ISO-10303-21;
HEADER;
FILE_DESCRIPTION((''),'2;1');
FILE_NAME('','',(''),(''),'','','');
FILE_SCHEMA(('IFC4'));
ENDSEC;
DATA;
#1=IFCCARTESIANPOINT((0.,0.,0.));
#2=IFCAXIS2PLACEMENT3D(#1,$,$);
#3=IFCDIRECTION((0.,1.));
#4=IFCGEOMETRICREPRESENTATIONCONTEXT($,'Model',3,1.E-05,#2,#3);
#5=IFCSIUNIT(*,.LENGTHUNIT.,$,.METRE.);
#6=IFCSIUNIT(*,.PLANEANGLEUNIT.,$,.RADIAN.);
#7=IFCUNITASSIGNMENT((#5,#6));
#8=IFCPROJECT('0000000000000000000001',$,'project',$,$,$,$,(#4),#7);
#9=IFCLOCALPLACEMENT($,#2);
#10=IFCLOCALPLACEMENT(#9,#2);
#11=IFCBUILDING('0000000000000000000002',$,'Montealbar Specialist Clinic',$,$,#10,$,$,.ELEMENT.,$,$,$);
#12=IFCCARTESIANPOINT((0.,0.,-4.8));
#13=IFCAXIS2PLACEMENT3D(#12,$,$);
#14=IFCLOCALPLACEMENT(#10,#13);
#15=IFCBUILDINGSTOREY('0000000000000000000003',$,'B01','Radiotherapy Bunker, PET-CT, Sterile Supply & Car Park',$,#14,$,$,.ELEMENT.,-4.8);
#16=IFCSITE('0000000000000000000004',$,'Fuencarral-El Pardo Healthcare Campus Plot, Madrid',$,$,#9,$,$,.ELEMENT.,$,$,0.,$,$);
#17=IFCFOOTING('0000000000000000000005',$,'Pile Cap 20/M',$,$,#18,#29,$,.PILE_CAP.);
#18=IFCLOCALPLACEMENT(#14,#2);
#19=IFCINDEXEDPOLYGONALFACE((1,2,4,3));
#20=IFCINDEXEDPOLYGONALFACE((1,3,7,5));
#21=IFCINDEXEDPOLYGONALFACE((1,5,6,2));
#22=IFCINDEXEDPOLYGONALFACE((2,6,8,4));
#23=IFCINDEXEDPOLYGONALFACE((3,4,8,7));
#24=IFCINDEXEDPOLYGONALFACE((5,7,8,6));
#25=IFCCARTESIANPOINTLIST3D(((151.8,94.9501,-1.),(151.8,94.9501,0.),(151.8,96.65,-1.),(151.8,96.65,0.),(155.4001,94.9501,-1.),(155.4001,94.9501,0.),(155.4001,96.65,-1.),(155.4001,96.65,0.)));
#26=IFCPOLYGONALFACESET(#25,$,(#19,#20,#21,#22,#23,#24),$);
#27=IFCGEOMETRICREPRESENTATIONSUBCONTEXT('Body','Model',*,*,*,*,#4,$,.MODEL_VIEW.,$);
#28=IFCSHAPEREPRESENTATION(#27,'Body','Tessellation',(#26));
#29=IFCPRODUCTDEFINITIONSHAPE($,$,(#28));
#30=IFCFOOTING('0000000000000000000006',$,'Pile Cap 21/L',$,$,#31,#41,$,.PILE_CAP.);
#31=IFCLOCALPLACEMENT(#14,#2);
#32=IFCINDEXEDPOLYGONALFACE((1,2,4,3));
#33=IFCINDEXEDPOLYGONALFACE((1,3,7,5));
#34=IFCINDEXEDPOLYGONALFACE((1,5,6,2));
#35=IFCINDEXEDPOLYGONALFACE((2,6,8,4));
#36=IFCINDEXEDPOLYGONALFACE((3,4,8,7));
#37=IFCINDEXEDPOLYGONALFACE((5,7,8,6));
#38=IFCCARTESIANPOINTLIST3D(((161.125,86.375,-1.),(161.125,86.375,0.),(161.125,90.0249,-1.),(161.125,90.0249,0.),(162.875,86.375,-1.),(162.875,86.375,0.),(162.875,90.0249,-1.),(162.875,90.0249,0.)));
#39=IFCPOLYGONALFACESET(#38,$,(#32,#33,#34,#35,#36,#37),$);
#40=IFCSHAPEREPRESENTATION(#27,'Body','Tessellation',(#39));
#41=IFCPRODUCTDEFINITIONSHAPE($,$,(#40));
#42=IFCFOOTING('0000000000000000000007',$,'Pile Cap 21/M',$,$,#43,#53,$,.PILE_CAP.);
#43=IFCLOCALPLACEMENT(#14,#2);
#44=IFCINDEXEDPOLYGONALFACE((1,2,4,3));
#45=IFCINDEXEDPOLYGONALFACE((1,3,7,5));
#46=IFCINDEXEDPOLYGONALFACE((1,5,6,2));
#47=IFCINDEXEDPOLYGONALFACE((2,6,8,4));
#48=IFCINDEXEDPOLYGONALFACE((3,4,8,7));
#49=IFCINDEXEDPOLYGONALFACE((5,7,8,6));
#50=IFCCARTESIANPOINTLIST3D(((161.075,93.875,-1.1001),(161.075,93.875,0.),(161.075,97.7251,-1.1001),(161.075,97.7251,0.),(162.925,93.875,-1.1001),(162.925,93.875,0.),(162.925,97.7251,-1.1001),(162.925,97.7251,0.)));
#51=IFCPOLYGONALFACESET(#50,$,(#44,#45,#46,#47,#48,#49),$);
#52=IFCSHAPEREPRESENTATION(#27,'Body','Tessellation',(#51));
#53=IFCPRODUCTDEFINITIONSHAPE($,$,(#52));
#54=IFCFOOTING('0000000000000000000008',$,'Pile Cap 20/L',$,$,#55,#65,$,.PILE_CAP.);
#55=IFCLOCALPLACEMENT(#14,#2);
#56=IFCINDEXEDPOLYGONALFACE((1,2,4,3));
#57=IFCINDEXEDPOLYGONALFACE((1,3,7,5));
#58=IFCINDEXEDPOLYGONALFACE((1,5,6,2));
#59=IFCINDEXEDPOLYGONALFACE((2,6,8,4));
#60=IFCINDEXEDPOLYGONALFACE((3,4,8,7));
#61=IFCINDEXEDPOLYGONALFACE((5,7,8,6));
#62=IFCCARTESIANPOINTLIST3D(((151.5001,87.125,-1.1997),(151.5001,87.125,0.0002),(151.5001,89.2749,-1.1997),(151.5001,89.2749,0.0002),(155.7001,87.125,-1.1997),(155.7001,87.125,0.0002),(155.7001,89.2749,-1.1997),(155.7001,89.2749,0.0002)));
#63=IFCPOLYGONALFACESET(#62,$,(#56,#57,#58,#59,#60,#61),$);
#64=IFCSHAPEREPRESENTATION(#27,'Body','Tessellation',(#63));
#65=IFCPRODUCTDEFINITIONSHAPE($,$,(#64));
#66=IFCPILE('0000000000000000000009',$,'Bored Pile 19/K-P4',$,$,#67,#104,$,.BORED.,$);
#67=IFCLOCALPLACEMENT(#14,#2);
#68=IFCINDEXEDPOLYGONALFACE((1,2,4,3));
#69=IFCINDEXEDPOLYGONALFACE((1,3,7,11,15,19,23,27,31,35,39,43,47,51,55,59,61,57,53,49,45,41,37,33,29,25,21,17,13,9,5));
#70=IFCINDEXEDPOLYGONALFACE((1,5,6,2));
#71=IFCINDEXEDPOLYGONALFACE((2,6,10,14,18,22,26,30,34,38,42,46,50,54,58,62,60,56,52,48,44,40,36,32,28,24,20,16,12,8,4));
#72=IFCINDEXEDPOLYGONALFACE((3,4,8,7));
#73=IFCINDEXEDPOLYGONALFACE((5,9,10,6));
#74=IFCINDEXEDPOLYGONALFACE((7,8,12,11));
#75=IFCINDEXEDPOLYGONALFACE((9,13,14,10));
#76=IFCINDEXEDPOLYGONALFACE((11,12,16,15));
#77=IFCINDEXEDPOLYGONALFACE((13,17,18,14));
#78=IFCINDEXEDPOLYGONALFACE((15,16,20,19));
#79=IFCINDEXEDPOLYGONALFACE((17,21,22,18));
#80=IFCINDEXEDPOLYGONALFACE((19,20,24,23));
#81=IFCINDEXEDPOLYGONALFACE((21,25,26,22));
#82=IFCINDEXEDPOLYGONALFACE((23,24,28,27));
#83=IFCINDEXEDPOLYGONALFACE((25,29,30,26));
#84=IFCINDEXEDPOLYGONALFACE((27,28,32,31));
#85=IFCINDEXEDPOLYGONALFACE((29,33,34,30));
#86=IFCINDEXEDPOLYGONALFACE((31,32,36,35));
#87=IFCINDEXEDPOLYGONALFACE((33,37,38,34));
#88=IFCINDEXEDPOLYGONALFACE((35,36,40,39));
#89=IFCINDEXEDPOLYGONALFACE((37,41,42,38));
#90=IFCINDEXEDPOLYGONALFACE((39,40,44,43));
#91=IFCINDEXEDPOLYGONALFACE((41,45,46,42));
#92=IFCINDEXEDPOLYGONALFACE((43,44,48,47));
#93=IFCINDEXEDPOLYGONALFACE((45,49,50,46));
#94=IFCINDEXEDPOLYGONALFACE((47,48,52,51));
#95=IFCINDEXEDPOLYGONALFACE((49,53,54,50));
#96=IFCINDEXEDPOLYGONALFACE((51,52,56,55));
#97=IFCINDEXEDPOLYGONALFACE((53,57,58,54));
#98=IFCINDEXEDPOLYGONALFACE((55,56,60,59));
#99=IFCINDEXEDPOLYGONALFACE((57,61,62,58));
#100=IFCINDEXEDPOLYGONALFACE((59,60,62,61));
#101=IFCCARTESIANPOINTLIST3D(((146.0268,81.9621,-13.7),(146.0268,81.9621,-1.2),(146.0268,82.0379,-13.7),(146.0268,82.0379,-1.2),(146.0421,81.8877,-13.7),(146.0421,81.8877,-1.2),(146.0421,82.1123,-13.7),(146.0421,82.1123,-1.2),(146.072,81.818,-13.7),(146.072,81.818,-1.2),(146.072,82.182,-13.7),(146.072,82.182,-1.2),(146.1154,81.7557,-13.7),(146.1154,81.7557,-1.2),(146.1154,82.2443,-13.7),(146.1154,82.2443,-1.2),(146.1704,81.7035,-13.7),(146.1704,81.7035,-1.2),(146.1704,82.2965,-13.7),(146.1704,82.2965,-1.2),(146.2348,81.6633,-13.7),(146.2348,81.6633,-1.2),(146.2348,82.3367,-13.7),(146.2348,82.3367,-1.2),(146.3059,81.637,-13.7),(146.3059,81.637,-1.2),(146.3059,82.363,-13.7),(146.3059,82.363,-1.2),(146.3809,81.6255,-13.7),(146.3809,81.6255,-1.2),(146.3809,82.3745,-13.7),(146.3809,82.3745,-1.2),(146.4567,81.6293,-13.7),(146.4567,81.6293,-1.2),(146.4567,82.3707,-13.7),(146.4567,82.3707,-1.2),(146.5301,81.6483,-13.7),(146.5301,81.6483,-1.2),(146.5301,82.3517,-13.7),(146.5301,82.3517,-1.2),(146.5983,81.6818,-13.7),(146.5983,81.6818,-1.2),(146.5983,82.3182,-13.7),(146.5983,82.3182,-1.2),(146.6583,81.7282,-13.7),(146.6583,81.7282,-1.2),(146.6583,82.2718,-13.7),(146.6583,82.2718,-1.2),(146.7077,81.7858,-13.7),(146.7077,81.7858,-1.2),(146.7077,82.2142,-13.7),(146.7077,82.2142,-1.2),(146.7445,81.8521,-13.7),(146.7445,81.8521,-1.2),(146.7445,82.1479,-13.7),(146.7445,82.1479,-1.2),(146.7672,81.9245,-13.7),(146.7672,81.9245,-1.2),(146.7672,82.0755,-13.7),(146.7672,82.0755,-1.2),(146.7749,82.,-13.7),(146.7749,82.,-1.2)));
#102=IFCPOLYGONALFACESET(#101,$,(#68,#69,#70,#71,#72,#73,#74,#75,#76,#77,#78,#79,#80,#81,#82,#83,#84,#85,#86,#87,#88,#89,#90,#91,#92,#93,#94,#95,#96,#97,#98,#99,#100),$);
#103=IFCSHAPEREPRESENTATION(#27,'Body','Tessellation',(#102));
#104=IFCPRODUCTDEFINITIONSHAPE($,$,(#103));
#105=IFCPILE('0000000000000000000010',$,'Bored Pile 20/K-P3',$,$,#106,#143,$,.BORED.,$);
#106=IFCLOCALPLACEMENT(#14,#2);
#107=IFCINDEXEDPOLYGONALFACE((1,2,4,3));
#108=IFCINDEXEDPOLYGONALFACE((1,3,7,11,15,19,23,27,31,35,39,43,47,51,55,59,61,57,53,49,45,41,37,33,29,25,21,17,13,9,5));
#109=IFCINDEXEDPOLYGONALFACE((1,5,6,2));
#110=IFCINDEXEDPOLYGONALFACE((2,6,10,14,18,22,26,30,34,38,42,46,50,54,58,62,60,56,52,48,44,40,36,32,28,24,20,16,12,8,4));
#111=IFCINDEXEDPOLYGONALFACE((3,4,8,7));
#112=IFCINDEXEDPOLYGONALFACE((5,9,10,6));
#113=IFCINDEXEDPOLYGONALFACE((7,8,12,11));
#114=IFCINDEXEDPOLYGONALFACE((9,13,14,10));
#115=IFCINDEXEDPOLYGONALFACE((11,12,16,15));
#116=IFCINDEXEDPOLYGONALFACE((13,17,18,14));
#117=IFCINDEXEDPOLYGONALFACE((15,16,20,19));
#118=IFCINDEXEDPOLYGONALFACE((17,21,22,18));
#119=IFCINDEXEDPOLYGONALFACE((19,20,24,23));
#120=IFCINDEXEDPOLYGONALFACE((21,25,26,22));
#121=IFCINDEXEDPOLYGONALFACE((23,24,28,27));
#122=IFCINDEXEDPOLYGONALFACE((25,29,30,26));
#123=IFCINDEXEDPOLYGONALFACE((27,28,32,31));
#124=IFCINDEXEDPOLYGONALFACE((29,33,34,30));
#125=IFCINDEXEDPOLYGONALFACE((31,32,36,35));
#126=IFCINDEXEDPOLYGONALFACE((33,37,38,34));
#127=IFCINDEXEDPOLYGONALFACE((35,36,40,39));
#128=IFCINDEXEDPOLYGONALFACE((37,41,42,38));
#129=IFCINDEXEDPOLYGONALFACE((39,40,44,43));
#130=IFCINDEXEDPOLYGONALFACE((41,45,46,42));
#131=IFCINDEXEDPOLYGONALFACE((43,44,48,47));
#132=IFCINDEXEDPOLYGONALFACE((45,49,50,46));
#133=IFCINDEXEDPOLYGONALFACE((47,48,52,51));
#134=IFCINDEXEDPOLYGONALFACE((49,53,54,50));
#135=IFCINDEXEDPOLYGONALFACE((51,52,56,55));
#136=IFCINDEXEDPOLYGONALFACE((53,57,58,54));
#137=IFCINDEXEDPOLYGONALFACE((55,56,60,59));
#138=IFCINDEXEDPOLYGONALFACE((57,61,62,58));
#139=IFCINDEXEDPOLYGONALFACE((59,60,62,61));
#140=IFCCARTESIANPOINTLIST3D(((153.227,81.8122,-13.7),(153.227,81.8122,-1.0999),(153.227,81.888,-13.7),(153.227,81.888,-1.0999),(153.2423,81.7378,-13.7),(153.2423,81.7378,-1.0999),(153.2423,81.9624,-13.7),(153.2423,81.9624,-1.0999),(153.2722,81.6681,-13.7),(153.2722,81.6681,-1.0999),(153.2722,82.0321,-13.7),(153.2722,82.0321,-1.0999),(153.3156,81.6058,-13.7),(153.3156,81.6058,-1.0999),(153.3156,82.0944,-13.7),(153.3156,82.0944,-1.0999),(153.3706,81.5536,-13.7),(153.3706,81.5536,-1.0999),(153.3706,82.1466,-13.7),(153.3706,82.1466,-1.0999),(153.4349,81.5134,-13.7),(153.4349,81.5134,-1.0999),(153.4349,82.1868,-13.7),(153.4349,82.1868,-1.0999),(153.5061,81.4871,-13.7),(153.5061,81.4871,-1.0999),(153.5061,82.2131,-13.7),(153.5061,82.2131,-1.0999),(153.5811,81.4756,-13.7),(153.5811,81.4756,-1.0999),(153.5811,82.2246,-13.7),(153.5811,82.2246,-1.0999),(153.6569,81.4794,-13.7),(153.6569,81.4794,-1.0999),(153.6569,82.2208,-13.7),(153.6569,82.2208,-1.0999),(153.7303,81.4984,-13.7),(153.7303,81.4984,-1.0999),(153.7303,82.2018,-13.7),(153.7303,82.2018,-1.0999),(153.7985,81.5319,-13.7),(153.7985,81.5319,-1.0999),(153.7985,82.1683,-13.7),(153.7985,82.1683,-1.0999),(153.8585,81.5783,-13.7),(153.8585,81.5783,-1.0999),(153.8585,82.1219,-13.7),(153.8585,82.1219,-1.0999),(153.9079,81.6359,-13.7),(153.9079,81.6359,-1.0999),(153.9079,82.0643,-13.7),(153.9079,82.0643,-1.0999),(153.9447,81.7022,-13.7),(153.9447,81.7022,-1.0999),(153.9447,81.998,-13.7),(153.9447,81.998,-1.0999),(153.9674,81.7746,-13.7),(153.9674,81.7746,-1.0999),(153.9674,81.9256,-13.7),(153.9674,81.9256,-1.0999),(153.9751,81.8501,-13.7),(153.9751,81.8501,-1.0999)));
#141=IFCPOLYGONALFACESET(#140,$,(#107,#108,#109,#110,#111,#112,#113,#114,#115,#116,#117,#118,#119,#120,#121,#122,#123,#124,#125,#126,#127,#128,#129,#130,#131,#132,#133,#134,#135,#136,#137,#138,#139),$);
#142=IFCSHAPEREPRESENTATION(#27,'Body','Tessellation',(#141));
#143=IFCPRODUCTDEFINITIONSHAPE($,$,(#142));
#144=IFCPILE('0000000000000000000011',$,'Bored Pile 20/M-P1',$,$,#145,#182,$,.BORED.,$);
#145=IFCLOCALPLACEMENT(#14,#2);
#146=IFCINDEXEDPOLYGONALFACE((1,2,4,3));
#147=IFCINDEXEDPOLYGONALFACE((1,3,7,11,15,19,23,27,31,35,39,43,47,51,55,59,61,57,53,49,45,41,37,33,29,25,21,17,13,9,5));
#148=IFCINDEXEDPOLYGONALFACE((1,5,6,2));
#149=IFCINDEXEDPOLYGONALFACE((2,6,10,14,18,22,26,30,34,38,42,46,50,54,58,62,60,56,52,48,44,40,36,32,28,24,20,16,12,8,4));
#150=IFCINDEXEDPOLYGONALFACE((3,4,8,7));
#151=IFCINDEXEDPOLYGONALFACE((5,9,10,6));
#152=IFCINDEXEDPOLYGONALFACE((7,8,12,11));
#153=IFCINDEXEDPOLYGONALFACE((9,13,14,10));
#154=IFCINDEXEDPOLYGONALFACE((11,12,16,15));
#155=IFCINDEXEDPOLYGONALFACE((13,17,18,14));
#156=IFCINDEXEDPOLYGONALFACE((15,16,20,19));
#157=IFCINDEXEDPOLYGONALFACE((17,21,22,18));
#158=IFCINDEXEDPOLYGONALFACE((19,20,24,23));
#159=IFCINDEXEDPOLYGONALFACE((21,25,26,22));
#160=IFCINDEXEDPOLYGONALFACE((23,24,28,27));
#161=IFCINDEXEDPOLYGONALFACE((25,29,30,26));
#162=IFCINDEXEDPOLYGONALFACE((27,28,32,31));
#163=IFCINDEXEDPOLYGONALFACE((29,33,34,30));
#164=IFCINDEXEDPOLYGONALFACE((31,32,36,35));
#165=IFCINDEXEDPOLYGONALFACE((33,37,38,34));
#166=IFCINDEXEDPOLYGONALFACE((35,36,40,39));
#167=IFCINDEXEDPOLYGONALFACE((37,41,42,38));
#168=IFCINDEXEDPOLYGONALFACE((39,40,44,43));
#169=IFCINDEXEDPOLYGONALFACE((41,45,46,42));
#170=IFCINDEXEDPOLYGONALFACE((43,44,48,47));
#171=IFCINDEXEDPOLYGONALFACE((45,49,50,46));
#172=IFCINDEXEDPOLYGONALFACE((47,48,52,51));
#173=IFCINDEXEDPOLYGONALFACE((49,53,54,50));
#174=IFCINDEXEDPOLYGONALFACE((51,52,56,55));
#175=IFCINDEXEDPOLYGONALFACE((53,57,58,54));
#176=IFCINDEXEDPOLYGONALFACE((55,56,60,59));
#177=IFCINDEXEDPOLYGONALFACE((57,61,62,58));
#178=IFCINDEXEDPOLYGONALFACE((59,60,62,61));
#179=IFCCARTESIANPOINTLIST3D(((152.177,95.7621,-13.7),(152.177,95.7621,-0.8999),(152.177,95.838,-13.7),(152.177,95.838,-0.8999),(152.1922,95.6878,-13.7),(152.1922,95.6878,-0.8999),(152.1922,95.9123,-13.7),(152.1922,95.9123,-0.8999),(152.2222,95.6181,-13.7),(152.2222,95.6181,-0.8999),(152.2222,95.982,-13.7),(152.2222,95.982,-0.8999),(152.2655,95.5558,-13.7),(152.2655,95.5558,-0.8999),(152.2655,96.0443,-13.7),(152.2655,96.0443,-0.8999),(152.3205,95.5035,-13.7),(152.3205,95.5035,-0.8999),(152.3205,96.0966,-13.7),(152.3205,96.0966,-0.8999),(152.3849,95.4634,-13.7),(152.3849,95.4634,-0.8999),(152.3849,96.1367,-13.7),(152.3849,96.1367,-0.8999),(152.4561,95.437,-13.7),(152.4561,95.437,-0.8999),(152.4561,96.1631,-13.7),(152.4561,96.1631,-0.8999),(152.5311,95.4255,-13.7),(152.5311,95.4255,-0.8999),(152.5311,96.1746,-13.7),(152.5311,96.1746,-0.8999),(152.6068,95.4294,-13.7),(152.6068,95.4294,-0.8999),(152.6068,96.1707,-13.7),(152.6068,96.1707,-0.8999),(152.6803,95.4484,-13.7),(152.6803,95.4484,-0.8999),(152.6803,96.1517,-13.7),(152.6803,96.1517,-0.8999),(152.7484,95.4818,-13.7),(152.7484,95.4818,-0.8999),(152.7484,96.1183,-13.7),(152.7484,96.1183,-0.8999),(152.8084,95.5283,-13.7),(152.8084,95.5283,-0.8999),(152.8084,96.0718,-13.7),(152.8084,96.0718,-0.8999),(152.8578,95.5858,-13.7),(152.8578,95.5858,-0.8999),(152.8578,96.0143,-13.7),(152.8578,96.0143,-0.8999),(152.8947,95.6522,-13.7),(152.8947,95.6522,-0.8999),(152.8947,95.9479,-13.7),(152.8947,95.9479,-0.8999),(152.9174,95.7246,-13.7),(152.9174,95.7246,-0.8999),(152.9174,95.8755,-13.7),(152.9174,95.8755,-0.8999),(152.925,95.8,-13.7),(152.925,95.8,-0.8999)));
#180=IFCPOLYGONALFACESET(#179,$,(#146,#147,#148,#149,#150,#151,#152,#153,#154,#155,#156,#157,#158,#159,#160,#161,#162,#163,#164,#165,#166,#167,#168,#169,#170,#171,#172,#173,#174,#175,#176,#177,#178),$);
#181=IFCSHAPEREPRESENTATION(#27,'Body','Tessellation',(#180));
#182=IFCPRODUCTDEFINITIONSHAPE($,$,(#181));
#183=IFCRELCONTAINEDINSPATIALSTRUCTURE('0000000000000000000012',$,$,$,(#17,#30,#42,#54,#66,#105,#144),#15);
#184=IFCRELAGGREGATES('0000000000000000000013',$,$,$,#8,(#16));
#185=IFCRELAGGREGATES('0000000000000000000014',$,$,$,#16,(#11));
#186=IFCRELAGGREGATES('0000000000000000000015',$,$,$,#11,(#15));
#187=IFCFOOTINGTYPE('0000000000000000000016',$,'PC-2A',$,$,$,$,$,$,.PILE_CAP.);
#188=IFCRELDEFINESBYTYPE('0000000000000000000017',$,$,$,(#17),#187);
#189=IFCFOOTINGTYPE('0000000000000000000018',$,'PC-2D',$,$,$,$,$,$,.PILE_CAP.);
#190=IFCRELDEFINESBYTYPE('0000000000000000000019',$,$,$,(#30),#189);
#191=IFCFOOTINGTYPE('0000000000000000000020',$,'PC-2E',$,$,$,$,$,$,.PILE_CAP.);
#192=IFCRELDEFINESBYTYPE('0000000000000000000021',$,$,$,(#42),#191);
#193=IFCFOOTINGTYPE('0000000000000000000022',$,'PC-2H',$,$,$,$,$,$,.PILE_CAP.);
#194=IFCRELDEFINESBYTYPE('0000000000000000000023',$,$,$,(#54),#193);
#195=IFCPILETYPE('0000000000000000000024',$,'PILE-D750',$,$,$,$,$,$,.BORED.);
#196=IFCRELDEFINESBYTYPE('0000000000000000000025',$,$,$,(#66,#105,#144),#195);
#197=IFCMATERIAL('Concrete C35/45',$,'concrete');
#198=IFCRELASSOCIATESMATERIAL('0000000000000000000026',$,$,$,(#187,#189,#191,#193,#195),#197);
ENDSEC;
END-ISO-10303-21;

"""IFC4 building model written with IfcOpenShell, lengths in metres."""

from ifc_helpers import new_model, si_unit, direction, frame, origin, origin_2d, place, context, subcontext, project, spatial, rectangle, circle, extrude, material, material_profile, profile_set, type_object, element, save


model = new_model("IFC4")

# Units and contexts
model_context = context("Model", 3, precision=1e-05, world=origin(), true_north=direction((0.0, 1.0)))
body_context = subcontext(model_context, "Body", "Model", "MODEL_VIEW")
ifc_project = project(units=[si_unit("LENGTHUNIT", "METRE"), si_unit("PLANEANGLEUNIT", "RADIAN")], contexts=[model_context])

# Site, building, storey
site_placement = place(None, origin())
site = spatial("IfcSite", under=ifc_project, at=site_placement, Name="Fuencarral-El Pardo Healthcare Campus Plot, Madrid", CompositionType="ELEMENT", RefElevation=0.0)
building_placement = place(site_placement, origin())
building = spatial("IfcBuilding", under=site, at=building_placement, Name="Montealbar Specialist Clinic", CompositionType="ELEMENT")
storey_placement = place(building_placement, frame((0.0, 0.0, -4.8)))
storey = spatial("IfcBuildingStorey", under=building, at=storey_placement, Name="B01", Description="Radiotherapy Bunker, PET-CT, Sterile Supply & Car Park", CompositionType="ELEMENT", Elevation=-4.8)

# Footings
ifc_material_1 = material(Name="Concrete C35/45", Category="concrete")
footing_type_1 = type_object("IfcFootingType", Name="PC-2A", PredefinedType="PILE_CAP", material=ifc_material_1)
footing_1_placement = place(storey_placement, frame((153.6001, 95.8, -1.0), z_axis=(0.0, 0.0, 1.0), x_axis=(1.0, 0.0, 0.0)))
element("IfcFooting", 1, at=footing_1_placement, inside=storey, type_object=footing_type_1, Name="Pile Cap 20/M", PredefinedType="PILE_CAP", context=body_context, shape_type="SweptSolid", body=[
    extrude(rectangle(XDim=3.6001, YDim=1.7, at=origin_2d()), origin(), (0.0, 0.0, 1.0), 1.0),
])
footing_type_2 = type_object("IfcFootingType", Name="PC-2D", PredefinedType="PILE_CAP", material=ifc_material_1)
footing_2_placement = place(storey_placement, frame((162.0, 88.2, -1.0), z_axis=(0.0, 0.0, 1.0), x_axis=(1.0, 0.0, 0.0)))
element("IfcFooting", 2, at=footing_2_placement, inside=storey, type_object=footing_type_2, Name="Pile Cap 21/L", PredefinedType="PILE_CAP", context=body_context, shape_type="SweptSolid", body=[
    extrude(rectangle(XDim=1.75, YDim=3.6499, at=origin_2d()), origin(), (0.0, 0.0, 1.0), 1.0),
])
footing_type_3 = type_object("IfcFootingType", Name="PC-2E", PredefinedType="PILE_CAP", material=ifc_material_1)
footing_3_placement = place(storey_placement, frame((162.0, 95.8, -1.1001), z_axis=(0.0, 0.0, 1.0), x_axis=(1.0, 0.0, 0.0)))
element("IfcFooting", 3, at=footing_3_placement, inside=storey, type_object=footing_type_3, Name="Pile Cap 21/M", PredefinedType="PILE_CAP", context=body_context, shape_type="SweptSolid", body=[
    extrude(rectangle(XDim=1.8501, YDim=3.8501, at=origin_2d()), origin(), (0.0, 0.0, 1.0), 1.1001),
])
footing_type_4 = type_object("IfcFootingType", Name="PC-2H", PredefinedType="PILE_CAP", material=ifc_material_1)
footing_4_placement = place(storey_placement, frame((153.6001, 88.2, -1.1997), z_axis=(0.0, 0.0, 1.0), x_axis=(1.0, 0.0, 0.0)))
element("IfcFooting", 4, at=footing_4_placement, inside=storey, type_object=footing_type_4, Name="Pile Cap 20/L", PredefinedType="PILE_CAP", context=body_context, shape_type="SweptSolid", body=[
    extrude(rectangle(XDim=4.2, YDim=2.1499, at=origin_2d()), origin(), (0.0, 0.0, 1.0), 1.2),
])

# Piles
ifc_material_profile_1 = material_profile(ifc_material_1, circle(Radius=0.375, at=origin_2d()), Name="PILE D750", Category="concrete")
ifc_profile_set_1 = profile_set([ifc_material_profile_1], Name="Concrete C35/45")
pile_type_1 = type_object("IfcPileType", Name="PILE-D750", PredefinedType="BORED", material=ifc_profile_set_1)
pile_1_placement = place(storey_placement, frame((146.3999, 82.0, -1.2), z_axis=(0.0, 0.0, -1.0), x_axis=(1.0, 0.0, 0.0)))
element("IfcPile", 5, at=pile_1_placement, inside=storey, type_object=pile_type_1, Name="Bored Pile 19/K-P4", PredefinedType="BORED", context=body_context, shape_type="SweptSolid", body=[
    extrude(circle(Radius=0.375, at=origin_2d()), origin(), (0.0, 0.0, 1.0), 12.5),
])
pile_2_placement = place(storey_placement, frame((153.6001, 81.8501, -1.0999), z_axis=(0.0, 0.0, -1.0), x_axis=(1.0, 0.0, 0.0)))
element("IfcPile", 6, at=pile_2_placement, inside=storey, type_object=pile_type_1, Name="Bored Pile 20/K-P3", PredefinedType="BORED", context=body_context, shape_type="SweptSolid", body=[
    extrude(circle(Radius=0.375, at=origin_2d()), origin(), (0.0, 0.0, 1.0), 12.6001),
])
for number, where, z_axis, x_axis, name in (
    (7, (152.55, 95.8, -0.8999), (0.0, 0.0, -1.0), (1.0, 0.0, 0.0), "Bored Pile 20/M-P1"),
):
    element("IfcPile", number, at=place(storey_placement, frame(where, z_axis=z_axis, x_axis=x_axis)), inside=storey, type_object=pile_type_1, Name=name, PredefinedType="BORED", context=body_context, shape_type="SweptSolid", body=[
        extrude(circle(Radius=0.375, at=origin_2d()), origin(), (0.0, 0.0, 1.0), 12.8),
    ])

save(model, "model.ifc")
